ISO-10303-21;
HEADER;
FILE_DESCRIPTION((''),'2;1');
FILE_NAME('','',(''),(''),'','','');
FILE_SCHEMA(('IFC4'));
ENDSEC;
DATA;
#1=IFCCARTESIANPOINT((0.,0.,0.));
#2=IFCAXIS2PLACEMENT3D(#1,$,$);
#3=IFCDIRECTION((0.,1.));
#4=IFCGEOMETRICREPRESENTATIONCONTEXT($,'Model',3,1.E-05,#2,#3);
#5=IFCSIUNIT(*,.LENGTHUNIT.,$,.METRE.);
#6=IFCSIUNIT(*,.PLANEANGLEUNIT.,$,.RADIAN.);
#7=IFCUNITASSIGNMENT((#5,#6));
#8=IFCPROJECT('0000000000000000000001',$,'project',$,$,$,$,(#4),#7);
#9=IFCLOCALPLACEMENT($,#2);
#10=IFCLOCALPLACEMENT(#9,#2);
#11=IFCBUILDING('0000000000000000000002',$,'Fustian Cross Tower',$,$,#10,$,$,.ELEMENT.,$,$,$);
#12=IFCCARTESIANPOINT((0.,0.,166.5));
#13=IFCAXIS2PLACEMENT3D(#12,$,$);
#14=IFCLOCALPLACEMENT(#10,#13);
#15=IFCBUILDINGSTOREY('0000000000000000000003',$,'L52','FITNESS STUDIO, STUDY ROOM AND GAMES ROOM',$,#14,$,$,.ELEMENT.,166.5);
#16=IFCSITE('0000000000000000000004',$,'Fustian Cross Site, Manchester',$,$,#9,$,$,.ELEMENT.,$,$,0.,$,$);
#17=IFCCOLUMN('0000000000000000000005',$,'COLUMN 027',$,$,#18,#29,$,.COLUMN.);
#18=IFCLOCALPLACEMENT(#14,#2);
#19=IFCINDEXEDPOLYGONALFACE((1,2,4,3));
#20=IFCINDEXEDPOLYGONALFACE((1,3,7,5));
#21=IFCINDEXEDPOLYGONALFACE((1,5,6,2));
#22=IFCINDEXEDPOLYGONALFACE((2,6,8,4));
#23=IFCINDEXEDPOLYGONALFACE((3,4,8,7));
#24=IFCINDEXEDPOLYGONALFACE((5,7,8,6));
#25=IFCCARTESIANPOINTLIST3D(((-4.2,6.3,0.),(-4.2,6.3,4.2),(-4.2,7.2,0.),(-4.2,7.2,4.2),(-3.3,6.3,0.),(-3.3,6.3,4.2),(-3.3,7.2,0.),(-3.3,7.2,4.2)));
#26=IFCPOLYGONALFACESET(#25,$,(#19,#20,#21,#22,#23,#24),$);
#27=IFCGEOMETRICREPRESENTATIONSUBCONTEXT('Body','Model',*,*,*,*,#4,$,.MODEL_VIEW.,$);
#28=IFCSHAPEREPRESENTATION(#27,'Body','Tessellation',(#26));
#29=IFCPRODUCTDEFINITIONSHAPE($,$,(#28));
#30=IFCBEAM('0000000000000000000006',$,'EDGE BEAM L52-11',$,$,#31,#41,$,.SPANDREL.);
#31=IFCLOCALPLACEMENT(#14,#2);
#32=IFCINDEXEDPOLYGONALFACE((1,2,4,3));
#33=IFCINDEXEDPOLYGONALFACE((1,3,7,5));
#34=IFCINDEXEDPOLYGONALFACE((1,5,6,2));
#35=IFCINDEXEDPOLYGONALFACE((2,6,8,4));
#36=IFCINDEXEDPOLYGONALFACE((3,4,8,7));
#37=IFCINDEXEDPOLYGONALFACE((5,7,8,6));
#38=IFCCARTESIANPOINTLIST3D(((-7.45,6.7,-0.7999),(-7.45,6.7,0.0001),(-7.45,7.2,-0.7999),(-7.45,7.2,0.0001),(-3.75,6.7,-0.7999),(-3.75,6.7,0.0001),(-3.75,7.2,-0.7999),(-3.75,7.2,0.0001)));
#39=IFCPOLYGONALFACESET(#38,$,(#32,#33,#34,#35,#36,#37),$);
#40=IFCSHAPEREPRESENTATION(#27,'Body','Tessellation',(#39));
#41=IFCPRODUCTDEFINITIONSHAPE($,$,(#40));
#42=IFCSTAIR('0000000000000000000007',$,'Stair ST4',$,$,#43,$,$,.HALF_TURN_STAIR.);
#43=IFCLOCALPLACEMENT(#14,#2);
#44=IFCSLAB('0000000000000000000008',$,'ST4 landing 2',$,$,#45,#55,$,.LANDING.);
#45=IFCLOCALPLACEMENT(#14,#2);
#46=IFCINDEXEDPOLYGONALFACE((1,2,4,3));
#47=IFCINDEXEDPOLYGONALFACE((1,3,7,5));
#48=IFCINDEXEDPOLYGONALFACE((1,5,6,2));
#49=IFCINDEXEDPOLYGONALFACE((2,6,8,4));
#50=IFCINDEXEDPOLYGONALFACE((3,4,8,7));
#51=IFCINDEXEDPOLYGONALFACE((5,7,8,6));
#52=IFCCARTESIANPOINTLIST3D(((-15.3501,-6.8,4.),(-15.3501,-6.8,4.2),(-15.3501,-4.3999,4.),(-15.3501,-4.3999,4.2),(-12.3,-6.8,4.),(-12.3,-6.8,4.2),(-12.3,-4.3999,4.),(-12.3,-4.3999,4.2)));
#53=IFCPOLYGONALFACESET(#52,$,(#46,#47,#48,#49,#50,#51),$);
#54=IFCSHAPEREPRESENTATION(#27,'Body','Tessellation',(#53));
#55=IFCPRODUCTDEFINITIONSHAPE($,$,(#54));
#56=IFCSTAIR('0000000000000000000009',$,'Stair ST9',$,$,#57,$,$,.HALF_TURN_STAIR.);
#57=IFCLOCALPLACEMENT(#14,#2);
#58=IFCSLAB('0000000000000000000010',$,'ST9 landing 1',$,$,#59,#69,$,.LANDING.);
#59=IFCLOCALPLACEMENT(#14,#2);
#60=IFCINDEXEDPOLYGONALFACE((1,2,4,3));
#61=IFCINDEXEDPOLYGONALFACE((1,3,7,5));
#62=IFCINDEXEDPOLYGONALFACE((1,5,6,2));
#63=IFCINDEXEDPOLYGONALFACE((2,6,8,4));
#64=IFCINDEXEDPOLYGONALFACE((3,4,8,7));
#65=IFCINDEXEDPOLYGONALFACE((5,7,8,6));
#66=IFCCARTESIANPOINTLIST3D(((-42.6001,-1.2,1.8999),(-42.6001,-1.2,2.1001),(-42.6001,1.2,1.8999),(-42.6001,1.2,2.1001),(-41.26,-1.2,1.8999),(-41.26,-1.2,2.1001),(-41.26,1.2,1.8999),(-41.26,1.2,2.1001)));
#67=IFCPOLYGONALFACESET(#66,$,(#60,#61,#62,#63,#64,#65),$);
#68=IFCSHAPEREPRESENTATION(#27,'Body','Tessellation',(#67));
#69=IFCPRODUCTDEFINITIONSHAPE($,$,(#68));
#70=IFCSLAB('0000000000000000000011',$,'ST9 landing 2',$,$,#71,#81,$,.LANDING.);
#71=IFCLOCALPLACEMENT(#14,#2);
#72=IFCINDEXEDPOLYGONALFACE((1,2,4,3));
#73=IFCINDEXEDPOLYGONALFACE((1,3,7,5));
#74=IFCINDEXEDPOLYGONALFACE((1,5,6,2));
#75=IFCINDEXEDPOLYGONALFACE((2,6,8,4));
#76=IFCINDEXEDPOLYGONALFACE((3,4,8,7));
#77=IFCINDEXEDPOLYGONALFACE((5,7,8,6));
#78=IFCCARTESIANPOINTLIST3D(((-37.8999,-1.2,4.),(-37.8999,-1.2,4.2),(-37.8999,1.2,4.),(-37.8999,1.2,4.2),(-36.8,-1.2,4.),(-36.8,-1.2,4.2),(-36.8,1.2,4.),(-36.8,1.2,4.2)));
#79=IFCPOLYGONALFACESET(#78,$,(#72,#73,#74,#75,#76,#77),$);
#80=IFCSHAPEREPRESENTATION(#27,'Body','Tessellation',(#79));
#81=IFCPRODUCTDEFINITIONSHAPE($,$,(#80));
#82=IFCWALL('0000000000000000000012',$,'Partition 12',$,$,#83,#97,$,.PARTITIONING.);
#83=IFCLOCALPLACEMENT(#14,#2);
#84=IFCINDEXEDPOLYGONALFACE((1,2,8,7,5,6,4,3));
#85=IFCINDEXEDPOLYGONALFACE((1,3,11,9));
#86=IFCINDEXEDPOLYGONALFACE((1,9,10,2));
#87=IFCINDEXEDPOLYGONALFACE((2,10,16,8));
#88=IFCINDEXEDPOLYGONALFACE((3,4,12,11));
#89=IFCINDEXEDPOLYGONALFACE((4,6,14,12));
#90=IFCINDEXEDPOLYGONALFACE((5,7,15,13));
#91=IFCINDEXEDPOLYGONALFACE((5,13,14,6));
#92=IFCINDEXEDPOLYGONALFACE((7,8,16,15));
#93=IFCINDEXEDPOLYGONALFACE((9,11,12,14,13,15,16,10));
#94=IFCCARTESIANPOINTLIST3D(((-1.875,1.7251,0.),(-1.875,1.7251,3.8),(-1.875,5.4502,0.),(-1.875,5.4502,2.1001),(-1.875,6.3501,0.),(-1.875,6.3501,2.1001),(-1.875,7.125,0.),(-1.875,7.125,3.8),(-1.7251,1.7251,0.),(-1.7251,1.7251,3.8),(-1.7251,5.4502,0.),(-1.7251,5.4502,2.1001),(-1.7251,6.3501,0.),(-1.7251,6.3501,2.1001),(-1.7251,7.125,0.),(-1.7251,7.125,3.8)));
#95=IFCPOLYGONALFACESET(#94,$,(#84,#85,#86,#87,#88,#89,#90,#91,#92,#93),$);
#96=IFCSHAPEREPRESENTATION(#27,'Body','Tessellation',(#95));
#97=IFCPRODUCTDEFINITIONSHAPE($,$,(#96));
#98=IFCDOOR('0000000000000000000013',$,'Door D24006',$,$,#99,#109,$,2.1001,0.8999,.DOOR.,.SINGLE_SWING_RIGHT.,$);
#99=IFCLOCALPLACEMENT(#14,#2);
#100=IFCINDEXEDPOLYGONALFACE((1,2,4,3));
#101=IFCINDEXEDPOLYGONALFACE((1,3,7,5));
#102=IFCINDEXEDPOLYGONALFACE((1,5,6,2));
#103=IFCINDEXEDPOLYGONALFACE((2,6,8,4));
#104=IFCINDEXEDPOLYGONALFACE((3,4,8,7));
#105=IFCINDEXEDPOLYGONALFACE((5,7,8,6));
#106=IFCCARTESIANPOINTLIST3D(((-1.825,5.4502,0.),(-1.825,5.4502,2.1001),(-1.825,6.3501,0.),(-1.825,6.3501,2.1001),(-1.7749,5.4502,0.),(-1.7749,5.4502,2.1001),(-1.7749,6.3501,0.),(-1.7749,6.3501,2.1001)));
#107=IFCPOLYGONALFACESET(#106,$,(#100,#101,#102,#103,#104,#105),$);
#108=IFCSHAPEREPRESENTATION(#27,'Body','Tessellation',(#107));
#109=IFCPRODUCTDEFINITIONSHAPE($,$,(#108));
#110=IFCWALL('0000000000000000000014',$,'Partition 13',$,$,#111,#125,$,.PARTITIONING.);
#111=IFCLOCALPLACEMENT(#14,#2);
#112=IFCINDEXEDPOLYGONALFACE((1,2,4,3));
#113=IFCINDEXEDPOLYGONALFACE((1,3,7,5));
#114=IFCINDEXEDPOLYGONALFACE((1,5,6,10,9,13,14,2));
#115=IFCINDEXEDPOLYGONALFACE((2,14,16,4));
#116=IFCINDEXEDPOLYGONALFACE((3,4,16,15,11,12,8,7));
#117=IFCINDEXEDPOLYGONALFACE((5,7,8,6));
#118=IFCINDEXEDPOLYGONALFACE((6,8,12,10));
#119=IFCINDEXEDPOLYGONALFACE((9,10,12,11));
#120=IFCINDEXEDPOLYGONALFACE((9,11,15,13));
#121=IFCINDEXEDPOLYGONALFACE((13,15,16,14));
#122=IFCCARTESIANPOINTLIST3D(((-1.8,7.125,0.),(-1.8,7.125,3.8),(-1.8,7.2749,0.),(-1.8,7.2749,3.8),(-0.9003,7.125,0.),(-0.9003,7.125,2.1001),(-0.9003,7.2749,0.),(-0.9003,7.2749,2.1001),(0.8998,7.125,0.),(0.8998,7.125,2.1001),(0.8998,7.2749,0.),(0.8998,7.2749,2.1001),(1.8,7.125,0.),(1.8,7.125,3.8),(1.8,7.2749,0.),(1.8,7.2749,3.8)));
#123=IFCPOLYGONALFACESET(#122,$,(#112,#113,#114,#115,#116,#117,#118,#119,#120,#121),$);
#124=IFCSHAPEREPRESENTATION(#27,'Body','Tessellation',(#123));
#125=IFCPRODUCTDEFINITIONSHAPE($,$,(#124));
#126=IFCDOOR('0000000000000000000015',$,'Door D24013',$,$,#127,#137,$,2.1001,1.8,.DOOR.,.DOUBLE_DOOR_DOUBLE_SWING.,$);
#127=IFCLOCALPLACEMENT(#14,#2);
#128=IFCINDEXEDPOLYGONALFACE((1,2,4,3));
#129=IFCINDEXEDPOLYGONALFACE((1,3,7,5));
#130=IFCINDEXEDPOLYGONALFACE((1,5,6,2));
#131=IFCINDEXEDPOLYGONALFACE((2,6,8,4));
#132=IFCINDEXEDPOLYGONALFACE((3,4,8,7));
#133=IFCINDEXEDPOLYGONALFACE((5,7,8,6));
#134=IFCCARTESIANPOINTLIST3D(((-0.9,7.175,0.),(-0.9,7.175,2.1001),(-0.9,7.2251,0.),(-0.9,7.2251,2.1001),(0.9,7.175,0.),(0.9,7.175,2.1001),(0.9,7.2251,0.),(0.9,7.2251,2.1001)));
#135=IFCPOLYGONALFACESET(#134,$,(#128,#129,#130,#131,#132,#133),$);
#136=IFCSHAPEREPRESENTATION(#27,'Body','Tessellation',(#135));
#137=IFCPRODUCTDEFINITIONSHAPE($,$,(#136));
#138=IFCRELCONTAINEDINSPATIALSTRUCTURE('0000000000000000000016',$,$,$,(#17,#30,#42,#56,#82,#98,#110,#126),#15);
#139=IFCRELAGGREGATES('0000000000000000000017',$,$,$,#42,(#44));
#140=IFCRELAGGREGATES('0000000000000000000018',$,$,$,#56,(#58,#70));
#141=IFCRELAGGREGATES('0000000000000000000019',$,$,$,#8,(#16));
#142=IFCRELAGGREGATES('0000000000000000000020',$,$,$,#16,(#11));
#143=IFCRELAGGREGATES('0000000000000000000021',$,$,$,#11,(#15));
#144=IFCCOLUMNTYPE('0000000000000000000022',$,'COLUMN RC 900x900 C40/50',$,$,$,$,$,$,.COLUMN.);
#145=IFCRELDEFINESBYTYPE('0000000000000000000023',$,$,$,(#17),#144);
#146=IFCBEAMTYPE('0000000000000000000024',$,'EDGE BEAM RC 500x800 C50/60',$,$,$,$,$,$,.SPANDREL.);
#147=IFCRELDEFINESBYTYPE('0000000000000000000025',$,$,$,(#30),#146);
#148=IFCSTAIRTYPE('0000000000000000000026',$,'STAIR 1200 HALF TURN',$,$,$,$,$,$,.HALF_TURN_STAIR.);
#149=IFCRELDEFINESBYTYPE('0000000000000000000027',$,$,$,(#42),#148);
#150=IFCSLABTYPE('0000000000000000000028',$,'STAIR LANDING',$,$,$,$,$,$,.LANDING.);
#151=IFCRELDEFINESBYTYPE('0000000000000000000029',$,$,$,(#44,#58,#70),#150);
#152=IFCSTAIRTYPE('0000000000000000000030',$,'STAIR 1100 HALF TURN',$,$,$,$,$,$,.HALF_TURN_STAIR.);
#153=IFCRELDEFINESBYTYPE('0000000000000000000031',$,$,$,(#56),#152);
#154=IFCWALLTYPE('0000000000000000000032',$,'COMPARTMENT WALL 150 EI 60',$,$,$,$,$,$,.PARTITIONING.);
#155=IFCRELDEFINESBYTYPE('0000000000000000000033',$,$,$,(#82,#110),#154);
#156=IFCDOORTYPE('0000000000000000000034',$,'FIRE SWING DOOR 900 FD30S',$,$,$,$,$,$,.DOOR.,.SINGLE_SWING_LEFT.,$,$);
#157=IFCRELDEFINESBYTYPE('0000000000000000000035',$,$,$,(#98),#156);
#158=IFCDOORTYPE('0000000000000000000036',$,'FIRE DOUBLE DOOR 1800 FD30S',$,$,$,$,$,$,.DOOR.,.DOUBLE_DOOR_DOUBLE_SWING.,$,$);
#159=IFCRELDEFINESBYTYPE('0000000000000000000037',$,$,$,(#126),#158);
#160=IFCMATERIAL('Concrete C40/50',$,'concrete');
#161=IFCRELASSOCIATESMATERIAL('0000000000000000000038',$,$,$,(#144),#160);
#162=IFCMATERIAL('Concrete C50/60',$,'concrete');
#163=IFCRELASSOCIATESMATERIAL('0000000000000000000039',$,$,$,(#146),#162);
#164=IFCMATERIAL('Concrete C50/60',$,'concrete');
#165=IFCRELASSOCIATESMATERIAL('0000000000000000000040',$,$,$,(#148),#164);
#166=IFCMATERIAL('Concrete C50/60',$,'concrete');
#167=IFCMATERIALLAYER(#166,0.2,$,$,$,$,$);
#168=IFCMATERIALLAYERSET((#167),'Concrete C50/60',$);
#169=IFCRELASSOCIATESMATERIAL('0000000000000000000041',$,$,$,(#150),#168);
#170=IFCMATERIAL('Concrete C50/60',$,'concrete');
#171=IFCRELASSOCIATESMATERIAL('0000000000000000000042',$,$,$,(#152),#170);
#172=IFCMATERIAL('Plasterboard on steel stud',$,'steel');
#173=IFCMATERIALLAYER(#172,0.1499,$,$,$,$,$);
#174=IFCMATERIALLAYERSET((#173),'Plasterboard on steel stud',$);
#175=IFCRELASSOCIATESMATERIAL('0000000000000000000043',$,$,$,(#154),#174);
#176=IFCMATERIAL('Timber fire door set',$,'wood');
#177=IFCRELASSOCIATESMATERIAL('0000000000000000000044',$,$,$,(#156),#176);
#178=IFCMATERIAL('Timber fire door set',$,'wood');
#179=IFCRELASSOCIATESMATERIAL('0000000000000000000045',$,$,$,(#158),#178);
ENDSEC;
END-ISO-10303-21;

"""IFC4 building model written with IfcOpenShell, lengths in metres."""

from ifc_helpers import new_model, si_unit, direction, frame, frame_2d, origin, origin_2d, place, context, subcontext, project, spatial, polyline, rectangle, outline, extrude, material, layer, layer_set, material_profile, profile_set, type_object, element, fill, aggregate, save


model = new_model("IFC4")

# Units and contexts
model_context = context("Model", 3, precision=1e-05, world=origin(), true_north=direction((0.0, 1.0)))
body_context = subcontext(model_context, "Body", "Model", "MODEL_VIEW")
ifc_project = project(units=[si_unit("LENGTHUNIT", "METRE"), si_unit("PLANEANGLEUNIT", "RADIAN")], contexts=[model_context])

# Site, building, storey
site_placement = place(None, origin())
site = spatial("IfcSite", under=ifc_project, at=site_placement, Name="Fustian Cross Site, Manchester", CompositionType="ELEMENT", RefElevation=0.0)
building_placement = place(site_placement, origin())
building = spatial("IfcBuilding", under=site, at=building_placement, Name="Fustian Cross Tower", CompositionType="ELEMENT")
storey_placement = place(building_placement, frame((0.0, 0.0, 166.5)))
storey = spatial("IfcBuildingStorey", under=building, at=storey_placement, Name="L52", Description="FITNESS STUDIO, STUDY ROOM AND GAMES ROOM", CompositionType="ELEMENT", Elevation=166.5)

# Column
ifc_material_1 = material(Name="Concrete C40/50", Category="concrete")
ifc_material_profile_1 = material_profile(ifc_material_1, rectangle(XDim=0.8999, YDim=0.8999, at=origin_2d()), Name="RC 900x900")
ifc_profile_set_1 = profile_set([ifc_material_profile_1], Name="Concrete C40/50")
column_type = type_object("IfcColumnType", Name="COLUMN RC 900x900 C40/50", PredefinedType="COLUMN", material=ifc_profile_set_1)
column_placement = place(storey_placement, frame((-3.75, 6.75, 0.0), z_axis=(0.0, 0.0, 1.0), x_axis=(1.0, 0.0, 0.0)))
element("IfcColumn", 1, at=column_placement, inside=storey, type_object=column_type, Name="COLUMN 027", PredefinedType="COLUMN", context=body_context, shape_type="SweptSolid", body=[
    extrude(rectangle(XDim=0.8999, YDim=0.8999, at=origin_2d()), origin(), (0.0, 0.0, 1.0), 4.2),
])

# Beam
ifc_material_2 = material(Name="Concrete C50/60", Category="concrete")
ifc_material_profile_2 = material_profile(ifc_material_2, rectangle(XDim=0.5, YDim=0.8, at=origin_2d()), Name="RC 500x800")
ifc_profile_set_2 = profile_set([ifc_material_profile_2], Name="Concrete C50/60")
beam_type = type_object("IfcBeamType", Name="EDGE BEAM RC 500x800 C50/60", PredefinedType="SPANDREL", material=ifc_profile_set_2)
beam_placement = place(storey_placement, frame((-3.75, 6.95, -0.3999), z_axis=(-1.0, 0.0, 0.0), x_axis=(0.0, -1.0, 0.0)))
element("IfcBeam", 2, at=beam_placement, inside=storey, type_object=beam_type, Name="EDGE BEAM L52-11", PredefinedType="SPANDREL", context=body_context, shape_type="SweptSolid", body=[
    extrude(rectangle(XDim=0.5, YDim=0.8, at=origin_2d()), origin(), (0.0, 0.0, 1.0), 3.7),
])

# Stair, slab
ifc_material_3 = material(Name="Concrete C50/60", Category="concrete")
stair_type_1 = type_object("IfcStairType", Name="STAIR 1200 HALF TURN", PredefinedType="HALF_TURN_STAIR", material=ifc_material_3)
stair_1_placement = place(storey_placement, origin())
stair_1 = element("IfcStair", 3, at=stair_1_placement, inside=storey, type_object=stair_type_1, Name="Stair ST4", PredefinedType="HALF_TURN_STAIR")
ifc_material_4 = material(Name="Concrete C50/60", Category="concrete")
ifc_layer_1 = layer(ifc_material_4, 0.2)
ifc_layer_set_1 = layer_set([ifc_layer_1], Name="Concrete C50/60")
slab_type = type_object("IfcSlabType", Name="STAIR LANDING", PredefinedType="LANDING", material=ifc_layer_set_1)
slab_1_placement = place(storey_placement, frame((0.0, 0.0, 4.0)))
slab_1 = element("IfcSlab", 4, at=slab_1_placement, type_object=slab_type, Name="ST4 landing 2", PredefinedType="LANDING", context=body_context, shape_type="SweptSolid", body=[
    extrude(outline(polyline([(-12.3, -4.3999), (-15.3501, -4.3999), (-15.3501, -6.8), (-12.3, -6.8), (-12.3, -4.3999)])), origin(), (0.0, 0.0, 1.0), 0.2),
])
aggregate(stair_1, [slab_1])

# Stair, slabs
ifc_material_5 = material(Name="Concrete C50/60", Category="concrete")
stair_type_2 = type_object("IfcStairType", Name="STAIR 1100 HALF TURN", PredefinedType="HALF_TURN_STAIR", material=ifc_material_5)
stair_2_placement = place(storey_placement, origin())
stair_2 = element("IfcStair", 5, at=stair_2_placement, inside=storey, type_object=stair_type_2, Name="Stair ST9", PredefinedType="HALF_TURN_STAIR")
slab_2_placement = place(storey_placement, frame((0.0, 0.0, 1.8999)))
slab_2 = element("IfcSlab", 6, at=slab_2_placement, type_object=slab_type, Name="ST9 landing 1", PredefinedType="LANDING", context=body_context, shape_type="SweptSolid", body=[
    extrude(outline(polyline([(-41.26, -1.2), (-42.6001, -1.2), (-42.6001, 1.2), (-41.26, 1.2), (-41.26, -1.2)])), origin(), (0.0, 0.0, 1.0), 0.2002),
])
slab_3_placement = place(storey_placement, frame((0.0, 0.0, 4.0)))
slab_3 = element("IfcSlab", 7, at=slab_3_placement, type_object=slab_type, Name="ST9 landing 2", PredefinedType="LANDING", context=body_context, shape_type="SweptSolid", body=[
    extrude(outline(polyline([(-36.8, -1.2), (-37.8999, -1.2), (-37.8999, 1.2), (-36.8, 1.2), (-36.8, -1.2)])), origin(), (0.0, 0.0, 1.0), 0.2),
])
aggregate(stair_2, [slab_2, slab_3])

# Walls, openings, doors
ifc_material_6 = material(Name="Plasterboard on steel stud", Category="steel")
ifc_layer_2 = layer(ifc_material_6, 0.1499)
ifc_layer_set_2 = layer_set([ifc_layer_2], Name="Plasterboard on steel stud")
wall_type_1 = type_object("IfcWallType", Name="COMPARTMENT WALL 150 EI 60", PredefinedType="PARTITIONING", material=ifc_layer_set_2)
wall_1_placement = place(storey_placement, frame((-1.8, 1.7251, 0.0), z_axis=(0.0, 0.0, 1.0), x_axis=(0.0, 1.0, 0.0)))
wall_1 = element("IfcWall", 8, at=wall_1_placement, inside=storey, type_object=wall_type_1, Name="Partition 12", PredefinedType="PARTITIONING", context=body_context, shape_type="SweptSolid", body=[
    extrude(rectangle(XDim=5.3999, YDim=0.1499, at=frame_2d((2.7, 0.0))), origin(), (0.0, 0.0, 1.0), 3.8),
])
opening_1_placement = place(wall_1_placement, frame((3.7251, 0.0, 0.0)))
opening_1 = element("IfcOpeningElement", 9, at=opening_1_placement, cuts=wall_1, PredefinedType="OPENING", context=body_context, shape_type="SweptSolid", body=[
    extrude(rectangle(XDim=0.8999, YDim=2.1001, at=frame_2d((0.45, 1.05))), frame((0.0, 0.085, 0.0), z_axis=(0.0, -1.0, 0.0), x_axis=(1.0, 0.0, 0.0)), (0.0, 0.0, 1.0), 0.1699),
])
ifc_material_7 = material(Name="Timber fire door set", Category="wood")
door_type_1 = type_object("IfcDoorType", Name="FIRE SWING DOOR 900 FD30S", OperationType="SINGLE_SWING_LEFT", PredefinedType="DOOR", material=ifc_material_7)
door_1_placement = place(opening_1_placement, origin())
door_1 = element("IfcDoor", 10, at=door_1_placement, inside=storey, type_object=door_type_1, Name="Door D24006", OperationType="SINGLE_SWING_RIGHT", OverallHeight=2.1001, OverallWidth=0.8999, PredefinedType="DOOR", context=body_context, shape_type="SweptSolid", body=[
    extrude(rectangle(XDim=0.8999, YDim=2.1001, at=frame_2d((0.45, 1.05))), frame((0.0, 0.0249, 0.0), z_axis=(0.0, -1.0, 0.0), x_axis=(1.0, 0.0, 0.0)), (0.0, 0.0, 1.0), 0.05),
])
fill(opening_1, door_1)
wall_2_placement = place(storey_placement, frame((-1.8, 7.2, 0.0), z_axis=(0.0, 0.0, 1.0), x_axis=(1.0, 0.0, 0.0)))
wall_2 = element("IfcWall", 11, at=wall_2_placement, inside=storey, type_object=wall_type_1, Name="Partition 13", PredefinedType="PARTITIONING", context=body_context, shape_type="SweptSolid", body=[
    extrude(rectangle(XDim=3.6001, YDim=0.1499, at=frame_2d((1.8, 0.0))), origin(), (0.0, 0.0, 1.0), 3.8),
])
opening_2_placement = place(wall_2_placement, frame((0.8999, 0.0, 0.0)))
opening_2 = element("IfcOpeningElement", 12, at=opening_2_placement, cuts=wall_2, PredefinedType="OPENING", context=body_context, shape_type="SweptSolid", body=[
    extrude(rectangle(XDim=1.8, YDim=2.1001, at=frame_2d((0.8999, 1.05))), frame((0.0, 0.085, 0.0), z_axis=(0.0, -1.0, 0.0), x_axis=(1.0, 0.0, 0.0)), (0.0, 0.0, 1.0), 0.1699),
])
ifc_material_8 = material(Name="Timber fire door set", Category="wood")
door_type_2 = type_object("IfcDoorType", Name="FIRE DOUBLE DOOR 1800 FD30S", OperationType="DOUBLE_DOOR_DOUBLE_SWING", PredefinedType="DOOR", material=ifc_material_8)
door_2_placement = place(opening_2_placement, frame((1.8, 0.0, 0.0), z_axis=(0.0, 0.0, 1.0), x_axis=(-1.0, 0.0, 0.0)))
door_2 = element("IfcDoor", 13, at=door_2_placement, inside=storey, type_object=door_type_2, Name="Door D24013", OperationType="DOUBLE_DOOR_DOUBLE_SWING", OverallHeight=2.1001, OverallWidth=1.8, PredefinedType="DOOR", context=body_context, shape_type="SweptSolid", body=[
    extrude(rectangle(XDim=1.8, YDim=2.1001, at=frame_2d((0.8999, 1.05))), frame((0.0, 0.0249, 0.0), z_axis=(0.0, -1.0, 0.0), x_axis=(1.0, 0.0, 0.0)), (0.0, 0.0, 1.0), 0.05),
])
fill(opening_2, door_2)

save(model, "model.ifc")
